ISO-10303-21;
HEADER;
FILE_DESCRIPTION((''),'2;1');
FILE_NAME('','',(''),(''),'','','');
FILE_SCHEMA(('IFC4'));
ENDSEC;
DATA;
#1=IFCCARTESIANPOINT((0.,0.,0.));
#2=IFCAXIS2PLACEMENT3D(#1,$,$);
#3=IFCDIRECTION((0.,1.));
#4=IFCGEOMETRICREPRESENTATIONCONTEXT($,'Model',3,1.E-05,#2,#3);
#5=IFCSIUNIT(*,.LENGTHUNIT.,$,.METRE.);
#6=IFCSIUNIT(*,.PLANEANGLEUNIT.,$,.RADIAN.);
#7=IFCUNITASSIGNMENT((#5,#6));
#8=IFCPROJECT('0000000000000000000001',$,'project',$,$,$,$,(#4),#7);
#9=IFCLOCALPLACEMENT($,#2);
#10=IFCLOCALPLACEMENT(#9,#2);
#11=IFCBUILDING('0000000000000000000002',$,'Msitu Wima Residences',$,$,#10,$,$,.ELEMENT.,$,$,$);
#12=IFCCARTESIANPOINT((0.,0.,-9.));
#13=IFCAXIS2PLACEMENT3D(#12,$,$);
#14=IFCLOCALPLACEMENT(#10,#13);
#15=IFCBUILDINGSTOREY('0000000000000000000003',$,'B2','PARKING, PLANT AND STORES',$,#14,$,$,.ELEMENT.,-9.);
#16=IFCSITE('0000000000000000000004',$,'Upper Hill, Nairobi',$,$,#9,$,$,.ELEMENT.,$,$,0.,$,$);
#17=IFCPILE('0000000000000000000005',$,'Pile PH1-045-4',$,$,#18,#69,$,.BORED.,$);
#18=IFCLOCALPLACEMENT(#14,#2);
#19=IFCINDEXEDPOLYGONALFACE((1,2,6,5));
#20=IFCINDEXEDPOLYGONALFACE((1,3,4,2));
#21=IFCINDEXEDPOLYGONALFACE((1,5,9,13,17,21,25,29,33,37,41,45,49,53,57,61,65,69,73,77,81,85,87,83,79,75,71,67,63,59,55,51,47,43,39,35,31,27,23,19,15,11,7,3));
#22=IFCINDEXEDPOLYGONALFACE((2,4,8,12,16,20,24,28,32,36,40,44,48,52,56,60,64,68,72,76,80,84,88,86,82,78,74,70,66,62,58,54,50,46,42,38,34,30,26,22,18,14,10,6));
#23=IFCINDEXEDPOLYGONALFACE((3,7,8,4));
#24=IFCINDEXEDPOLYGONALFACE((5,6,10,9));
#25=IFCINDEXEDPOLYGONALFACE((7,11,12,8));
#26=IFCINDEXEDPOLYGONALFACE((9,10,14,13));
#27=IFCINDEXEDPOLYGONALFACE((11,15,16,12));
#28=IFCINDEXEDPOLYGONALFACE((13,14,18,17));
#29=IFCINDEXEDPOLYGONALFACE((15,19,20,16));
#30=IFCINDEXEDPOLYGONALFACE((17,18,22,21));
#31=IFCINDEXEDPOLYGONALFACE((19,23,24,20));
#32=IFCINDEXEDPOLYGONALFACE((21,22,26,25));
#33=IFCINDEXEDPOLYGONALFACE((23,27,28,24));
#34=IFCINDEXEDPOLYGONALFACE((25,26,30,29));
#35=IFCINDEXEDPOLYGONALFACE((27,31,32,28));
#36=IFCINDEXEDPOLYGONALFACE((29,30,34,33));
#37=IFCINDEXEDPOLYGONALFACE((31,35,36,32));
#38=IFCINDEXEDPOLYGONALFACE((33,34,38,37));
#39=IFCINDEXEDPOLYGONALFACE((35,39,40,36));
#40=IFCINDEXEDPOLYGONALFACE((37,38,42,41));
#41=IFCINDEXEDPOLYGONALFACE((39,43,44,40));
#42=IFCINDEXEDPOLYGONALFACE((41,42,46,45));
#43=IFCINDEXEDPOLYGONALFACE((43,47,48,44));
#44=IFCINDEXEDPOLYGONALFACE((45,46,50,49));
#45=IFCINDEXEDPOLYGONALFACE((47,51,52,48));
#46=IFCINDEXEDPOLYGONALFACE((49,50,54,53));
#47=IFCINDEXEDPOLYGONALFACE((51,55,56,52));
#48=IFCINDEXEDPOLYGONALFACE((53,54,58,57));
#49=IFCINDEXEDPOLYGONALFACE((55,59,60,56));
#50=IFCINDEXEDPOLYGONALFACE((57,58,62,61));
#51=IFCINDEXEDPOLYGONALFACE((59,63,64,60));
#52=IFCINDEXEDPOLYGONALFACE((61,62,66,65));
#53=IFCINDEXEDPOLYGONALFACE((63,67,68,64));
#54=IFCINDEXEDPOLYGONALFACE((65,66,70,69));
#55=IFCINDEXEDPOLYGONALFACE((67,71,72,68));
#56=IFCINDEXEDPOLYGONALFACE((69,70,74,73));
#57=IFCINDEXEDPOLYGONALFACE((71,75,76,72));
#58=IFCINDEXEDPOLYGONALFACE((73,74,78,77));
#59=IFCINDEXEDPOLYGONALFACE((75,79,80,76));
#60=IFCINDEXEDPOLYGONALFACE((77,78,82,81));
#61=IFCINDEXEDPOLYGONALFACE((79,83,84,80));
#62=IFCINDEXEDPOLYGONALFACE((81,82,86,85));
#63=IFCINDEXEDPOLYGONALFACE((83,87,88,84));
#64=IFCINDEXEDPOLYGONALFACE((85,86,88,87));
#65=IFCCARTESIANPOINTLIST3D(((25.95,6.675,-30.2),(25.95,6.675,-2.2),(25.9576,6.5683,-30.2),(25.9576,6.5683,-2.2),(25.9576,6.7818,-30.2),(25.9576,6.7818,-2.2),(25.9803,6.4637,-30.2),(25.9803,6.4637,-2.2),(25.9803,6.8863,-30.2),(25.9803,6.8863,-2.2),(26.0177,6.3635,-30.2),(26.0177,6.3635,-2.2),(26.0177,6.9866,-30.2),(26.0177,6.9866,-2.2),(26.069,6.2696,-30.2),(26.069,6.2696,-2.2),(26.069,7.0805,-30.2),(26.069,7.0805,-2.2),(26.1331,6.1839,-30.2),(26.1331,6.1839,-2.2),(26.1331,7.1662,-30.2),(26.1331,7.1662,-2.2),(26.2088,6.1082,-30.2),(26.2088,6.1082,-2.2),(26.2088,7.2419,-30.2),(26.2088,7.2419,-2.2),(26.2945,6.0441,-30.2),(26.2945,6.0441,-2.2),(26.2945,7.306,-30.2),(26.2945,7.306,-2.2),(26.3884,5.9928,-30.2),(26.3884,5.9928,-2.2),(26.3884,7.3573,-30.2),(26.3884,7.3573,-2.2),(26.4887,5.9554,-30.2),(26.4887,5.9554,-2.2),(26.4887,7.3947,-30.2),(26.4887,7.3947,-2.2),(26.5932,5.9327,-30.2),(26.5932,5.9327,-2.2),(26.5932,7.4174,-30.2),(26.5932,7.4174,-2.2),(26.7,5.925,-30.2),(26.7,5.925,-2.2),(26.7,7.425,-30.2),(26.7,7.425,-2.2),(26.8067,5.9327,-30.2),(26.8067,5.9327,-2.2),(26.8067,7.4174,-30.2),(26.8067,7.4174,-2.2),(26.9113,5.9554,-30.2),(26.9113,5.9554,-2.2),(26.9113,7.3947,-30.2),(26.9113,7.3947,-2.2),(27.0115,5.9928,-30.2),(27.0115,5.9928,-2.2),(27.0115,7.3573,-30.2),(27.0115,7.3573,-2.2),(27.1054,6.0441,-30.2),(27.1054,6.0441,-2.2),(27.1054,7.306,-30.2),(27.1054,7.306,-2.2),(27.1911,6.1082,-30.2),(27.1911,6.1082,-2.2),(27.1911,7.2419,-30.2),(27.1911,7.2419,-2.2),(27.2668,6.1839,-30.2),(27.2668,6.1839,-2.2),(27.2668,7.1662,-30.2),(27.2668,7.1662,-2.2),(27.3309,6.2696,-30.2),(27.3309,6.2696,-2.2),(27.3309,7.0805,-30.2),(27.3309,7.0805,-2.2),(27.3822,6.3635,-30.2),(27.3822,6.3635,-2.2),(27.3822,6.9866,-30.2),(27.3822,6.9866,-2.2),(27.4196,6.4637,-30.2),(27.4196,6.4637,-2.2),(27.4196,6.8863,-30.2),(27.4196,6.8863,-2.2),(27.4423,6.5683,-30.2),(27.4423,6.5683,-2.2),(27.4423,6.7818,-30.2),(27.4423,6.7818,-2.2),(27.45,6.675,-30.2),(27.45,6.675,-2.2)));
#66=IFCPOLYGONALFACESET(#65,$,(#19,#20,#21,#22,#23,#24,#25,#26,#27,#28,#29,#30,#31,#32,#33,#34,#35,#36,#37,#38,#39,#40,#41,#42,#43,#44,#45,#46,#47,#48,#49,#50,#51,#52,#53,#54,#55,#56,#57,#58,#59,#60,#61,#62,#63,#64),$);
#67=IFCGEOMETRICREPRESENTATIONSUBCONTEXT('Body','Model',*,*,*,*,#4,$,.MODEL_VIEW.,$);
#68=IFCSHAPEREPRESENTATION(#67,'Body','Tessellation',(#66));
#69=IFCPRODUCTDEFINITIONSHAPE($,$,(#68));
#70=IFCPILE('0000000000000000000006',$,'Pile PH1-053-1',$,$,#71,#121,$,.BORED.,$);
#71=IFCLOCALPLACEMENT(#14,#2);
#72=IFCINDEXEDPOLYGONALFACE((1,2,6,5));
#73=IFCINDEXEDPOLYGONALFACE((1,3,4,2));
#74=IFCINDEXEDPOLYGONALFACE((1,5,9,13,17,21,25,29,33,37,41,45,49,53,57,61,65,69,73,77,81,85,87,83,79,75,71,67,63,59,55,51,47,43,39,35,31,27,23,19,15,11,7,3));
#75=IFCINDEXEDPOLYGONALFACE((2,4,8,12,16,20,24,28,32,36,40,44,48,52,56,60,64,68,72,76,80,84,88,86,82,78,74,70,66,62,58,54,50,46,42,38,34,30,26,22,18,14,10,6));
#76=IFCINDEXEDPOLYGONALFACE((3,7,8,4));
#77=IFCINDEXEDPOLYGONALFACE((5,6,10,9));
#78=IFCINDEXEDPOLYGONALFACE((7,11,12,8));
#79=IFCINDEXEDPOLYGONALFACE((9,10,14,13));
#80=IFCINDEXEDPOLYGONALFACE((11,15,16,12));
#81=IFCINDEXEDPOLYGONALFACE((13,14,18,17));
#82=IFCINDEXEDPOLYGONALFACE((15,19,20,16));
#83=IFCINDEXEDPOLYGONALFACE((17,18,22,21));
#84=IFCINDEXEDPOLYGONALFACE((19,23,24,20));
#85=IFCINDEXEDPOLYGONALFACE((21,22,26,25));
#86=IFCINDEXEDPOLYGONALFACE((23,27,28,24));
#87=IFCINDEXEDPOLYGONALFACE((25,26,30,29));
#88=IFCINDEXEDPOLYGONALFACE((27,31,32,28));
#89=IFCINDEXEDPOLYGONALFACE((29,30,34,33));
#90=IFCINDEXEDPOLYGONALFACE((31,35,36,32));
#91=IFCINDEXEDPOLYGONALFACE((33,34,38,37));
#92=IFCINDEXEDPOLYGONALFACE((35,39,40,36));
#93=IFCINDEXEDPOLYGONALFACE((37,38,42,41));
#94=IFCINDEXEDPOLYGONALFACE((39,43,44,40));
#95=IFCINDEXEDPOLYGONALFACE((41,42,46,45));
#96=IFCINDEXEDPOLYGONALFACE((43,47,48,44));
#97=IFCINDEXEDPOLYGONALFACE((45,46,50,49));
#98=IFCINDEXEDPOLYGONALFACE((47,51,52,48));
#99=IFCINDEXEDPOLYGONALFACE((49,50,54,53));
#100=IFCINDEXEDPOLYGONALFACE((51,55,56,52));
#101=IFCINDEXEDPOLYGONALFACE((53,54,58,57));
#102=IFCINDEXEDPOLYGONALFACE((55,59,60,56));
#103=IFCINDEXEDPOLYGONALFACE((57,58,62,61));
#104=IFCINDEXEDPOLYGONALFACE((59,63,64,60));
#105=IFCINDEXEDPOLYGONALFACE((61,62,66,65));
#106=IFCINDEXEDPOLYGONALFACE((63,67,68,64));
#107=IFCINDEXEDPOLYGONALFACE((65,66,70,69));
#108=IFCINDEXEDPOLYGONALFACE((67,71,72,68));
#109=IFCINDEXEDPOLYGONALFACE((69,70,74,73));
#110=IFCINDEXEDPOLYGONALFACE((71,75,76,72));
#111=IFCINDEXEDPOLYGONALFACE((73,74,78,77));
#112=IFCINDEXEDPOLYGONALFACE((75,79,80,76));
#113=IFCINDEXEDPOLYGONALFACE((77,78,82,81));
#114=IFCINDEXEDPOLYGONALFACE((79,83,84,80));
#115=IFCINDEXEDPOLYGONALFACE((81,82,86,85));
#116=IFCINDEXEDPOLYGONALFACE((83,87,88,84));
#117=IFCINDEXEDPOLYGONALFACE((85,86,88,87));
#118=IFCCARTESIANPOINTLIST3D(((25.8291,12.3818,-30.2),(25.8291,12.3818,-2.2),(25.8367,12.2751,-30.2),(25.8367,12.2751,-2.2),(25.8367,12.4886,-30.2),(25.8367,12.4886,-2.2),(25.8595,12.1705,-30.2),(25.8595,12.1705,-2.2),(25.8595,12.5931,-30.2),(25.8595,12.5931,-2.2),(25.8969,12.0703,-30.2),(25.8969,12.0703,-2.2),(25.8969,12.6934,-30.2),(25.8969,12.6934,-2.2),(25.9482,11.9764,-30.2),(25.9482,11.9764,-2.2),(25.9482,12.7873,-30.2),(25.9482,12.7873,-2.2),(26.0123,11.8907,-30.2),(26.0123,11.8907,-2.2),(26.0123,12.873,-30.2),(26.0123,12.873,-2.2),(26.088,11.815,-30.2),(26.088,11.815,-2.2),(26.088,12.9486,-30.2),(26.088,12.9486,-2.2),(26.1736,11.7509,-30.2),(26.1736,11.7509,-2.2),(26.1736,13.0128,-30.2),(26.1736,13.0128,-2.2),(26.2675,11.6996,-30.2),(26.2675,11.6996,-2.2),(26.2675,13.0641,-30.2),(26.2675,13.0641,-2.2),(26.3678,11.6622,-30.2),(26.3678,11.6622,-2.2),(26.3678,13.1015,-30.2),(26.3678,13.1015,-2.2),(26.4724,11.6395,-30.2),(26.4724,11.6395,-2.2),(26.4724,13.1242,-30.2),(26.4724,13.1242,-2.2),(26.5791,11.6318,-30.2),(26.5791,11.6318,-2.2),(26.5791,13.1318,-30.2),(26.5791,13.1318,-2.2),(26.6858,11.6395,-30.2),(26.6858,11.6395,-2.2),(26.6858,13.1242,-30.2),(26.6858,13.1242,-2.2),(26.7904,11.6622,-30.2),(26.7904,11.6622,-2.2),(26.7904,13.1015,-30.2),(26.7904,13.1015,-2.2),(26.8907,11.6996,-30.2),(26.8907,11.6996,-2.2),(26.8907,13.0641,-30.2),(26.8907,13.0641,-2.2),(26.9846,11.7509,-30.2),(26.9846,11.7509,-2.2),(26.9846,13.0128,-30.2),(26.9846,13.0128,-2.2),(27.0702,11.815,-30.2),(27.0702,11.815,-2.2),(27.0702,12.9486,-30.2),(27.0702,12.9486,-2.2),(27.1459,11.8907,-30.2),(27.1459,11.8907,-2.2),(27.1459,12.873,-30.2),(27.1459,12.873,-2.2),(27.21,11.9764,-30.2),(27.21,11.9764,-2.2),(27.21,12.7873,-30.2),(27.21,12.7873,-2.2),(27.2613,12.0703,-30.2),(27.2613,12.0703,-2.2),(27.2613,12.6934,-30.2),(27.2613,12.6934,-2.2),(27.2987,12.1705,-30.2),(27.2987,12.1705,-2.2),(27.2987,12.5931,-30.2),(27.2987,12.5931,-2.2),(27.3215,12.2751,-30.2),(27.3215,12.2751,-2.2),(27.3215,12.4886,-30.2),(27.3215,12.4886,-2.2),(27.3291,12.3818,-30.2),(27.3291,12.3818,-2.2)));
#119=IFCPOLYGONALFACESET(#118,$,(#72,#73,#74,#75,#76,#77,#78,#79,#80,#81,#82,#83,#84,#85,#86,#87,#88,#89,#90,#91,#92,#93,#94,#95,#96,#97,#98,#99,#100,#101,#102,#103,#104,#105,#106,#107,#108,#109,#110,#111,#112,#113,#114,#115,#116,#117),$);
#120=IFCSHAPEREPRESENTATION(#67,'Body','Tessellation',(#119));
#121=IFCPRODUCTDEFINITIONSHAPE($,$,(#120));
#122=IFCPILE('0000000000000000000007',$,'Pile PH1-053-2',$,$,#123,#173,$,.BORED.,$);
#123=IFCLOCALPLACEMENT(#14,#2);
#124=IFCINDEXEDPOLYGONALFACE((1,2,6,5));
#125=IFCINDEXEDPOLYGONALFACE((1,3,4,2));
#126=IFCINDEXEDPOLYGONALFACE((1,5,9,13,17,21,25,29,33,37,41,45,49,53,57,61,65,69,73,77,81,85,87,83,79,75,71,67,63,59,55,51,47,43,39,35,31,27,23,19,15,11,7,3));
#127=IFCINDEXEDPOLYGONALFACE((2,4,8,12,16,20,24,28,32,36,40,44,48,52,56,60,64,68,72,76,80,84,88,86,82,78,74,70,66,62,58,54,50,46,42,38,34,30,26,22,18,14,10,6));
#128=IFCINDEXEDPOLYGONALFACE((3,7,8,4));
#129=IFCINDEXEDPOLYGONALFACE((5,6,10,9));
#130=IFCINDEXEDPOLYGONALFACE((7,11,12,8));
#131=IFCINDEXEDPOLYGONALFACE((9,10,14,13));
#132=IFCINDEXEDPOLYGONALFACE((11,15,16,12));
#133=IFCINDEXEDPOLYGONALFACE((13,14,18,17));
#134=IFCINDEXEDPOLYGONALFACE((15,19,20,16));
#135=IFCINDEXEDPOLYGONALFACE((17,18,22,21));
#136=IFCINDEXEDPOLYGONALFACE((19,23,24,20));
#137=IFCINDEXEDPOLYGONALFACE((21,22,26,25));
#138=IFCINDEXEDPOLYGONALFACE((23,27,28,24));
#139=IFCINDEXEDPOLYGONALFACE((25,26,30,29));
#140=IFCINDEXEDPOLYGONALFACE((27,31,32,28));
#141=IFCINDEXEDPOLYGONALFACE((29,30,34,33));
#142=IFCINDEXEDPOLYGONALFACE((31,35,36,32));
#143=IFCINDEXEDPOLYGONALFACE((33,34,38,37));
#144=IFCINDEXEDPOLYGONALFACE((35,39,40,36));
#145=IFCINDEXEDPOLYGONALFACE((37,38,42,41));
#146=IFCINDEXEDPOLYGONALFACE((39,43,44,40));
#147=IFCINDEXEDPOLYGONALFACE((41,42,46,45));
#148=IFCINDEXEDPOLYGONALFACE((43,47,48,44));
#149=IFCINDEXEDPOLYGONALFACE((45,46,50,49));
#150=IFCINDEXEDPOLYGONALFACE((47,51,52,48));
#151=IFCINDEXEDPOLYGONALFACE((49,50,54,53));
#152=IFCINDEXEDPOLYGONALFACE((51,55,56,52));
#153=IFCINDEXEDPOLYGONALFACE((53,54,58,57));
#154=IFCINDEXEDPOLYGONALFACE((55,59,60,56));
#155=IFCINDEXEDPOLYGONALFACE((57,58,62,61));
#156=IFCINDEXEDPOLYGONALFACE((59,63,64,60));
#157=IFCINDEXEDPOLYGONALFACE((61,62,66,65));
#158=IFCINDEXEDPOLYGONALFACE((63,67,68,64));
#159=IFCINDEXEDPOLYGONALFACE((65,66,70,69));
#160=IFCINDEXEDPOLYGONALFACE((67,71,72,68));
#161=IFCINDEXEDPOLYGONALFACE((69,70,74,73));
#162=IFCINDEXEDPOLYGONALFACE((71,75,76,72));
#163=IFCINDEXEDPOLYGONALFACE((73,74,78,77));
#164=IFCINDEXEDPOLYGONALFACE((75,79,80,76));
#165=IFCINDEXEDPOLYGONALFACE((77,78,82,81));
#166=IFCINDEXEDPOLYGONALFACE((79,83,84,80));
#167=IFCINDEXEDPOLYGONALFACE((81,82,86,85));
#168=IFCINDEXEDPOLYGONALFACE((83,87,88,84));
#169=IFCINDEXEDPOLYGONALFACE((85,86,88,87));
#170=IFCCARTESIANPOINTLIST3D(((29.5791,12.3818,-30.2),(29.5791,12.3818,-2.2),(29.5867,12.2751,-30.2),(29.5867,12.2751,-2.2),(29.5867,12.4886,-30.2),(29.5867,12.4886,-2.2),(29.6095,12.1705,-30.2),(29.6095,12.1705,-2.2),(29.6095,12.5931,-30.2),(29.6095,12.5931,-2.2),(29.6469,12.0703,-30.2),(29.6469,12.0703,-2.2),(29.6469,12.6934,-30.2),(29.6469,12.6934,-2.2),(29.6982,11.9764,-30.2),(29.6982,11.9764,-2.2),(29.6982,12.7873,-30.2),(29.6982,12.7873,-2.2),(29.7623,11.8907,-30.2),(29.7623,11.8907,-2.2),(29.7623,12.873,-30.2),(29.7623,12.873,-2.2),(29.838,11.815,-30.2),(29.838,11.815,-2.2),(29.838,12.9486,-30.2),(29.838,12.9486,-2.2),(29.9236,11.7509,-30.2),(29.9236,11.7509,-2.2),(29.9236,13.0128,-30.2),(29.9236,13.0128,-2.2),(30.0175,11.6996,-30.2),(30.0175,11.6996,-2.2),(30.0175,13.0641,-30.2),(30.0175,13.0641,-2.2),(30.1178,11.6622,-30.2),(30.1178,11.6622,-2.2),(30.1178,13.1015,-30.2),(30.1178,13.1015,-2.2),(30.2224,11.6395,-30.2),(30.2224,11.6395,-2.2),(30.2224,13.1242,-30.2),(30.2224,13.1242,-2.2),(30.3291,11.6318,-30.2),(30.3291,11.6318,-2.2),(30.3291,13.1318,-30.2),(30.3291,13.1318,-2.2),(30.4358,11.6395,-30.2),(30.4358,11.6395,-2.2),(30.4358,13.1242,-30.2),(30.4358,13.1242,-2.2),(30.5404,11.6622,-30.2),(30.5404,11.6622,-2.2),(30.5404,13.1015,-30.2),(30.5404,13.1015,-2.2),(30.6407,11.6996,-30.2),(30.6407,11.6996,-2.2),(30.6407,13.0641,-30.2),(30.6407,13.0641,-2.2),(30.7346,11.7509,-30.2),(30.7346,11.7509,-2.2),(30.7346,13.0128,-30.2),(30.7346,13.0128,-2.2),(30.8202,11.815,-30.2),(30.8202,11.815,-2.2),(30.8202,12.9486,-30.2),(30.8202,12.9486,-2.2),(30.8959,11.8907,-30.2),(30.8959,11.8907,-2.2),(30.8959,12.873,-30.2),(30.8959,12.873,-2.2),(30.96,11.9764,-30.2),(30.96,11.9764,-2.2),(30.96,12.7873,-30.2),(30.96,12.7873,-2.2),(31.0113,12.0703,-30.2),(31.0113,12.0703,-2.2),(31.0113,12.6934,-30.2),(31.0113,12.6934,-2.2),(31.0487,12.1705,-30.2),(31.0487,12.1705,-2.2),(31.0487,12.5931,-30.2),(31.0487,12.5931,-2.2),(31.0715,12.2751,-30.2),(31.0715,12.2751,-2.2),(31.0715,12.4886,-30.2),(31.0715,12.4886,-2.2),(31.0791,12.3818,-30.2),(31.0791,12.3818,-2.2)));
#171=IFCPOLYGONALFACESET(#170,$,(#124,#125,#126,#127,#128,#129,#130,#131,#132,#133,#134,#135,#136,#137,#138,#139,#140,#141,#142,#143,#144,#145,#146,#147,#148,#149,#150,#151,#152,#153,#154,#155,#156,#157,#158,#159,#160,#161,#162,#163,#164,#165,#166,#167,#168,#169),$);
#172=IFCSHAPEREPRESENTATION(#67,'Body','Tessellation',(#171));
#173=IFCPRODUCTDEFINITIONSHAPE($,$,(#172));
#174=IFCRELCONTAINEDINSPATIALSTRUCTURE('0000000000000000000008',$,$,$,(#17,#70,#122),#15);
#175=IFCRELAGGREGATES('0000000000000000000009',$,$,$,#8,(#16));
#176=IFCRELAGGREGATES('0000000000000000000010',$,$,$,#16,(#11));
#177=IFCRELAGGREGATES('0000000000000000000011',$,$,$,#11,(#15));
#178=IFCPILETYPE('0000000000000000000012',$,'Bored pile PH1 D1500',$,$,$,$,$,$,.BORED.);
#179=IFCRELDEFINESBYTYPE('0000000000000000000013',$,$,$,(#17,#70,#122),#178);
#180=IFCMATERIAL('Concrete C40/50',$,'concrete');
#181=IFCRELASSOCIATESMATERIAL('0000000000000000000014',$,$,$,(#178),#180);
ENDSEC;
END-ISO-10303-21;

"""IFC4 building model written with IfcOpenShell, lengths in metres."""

from ifc_helpers import new_model, si_unit, direction, frame, origin, origin_2d, place, context, subcontext, project, spatial, circle, extrude, material, type_object, element, save


model = new_model("IFC4")

# Units and contexts
model_context = context("Model", 3, precision=1e-05, world=origin(), true_north=direction((0.0, 1.0)))
body_context = subcontext(model_context, "Body", "Model", "MODEL_VIEW")
ifc_project = project(units=[si_unit("LENGTHUNIT", "METRE"), si_unit("PLANEANGLEUNIT", "RADIAN")], contexts=[model_context])

# Site, building, storey
site_placement = place(None, origin())
site = spatial("IfcSite", under=ifc_project, at=site_placement, Name="Upper Hill, Nairobi", CompositionType="ELEMENT", RefElevation=0.0)
building_placement = place(site_placement, origin())
building = spatial("IfcBuilding", under=site, at=building_placement, Name="Msitu Wima Residences", CompositionType="ELEMENT")
storey_placement = place(building_placement, frame((0.0, 0.0, -9.0)))
storey = spatial("IfcBuildingStorey", under=building, at=storey_placement, Name="B2", Description="PARKING, PLANT AND STORES", CompositionType="ELEMENT", Elevation=-9.0)

# Piles
ifc_material_1 = material(Name="Concrete C40/50", Category="concrete")
pile_type_1 = type_object("IfcPileType", Name="Bored pile PH1 D1500", PredefinedType="BORED", material=ifc_material_1)
for number, where, z_axis, x_axis, name in (
    (1, (26.7, 6.675, -2.2), (0.0, 0.0, -1.0), (1.0, 0.0, 0.0), "Pile PH1-045-4"),
    (2, (26.5791, 12.3818, -2.2), (0.0, 0.0, -1.0), (1.0, 0.0, 0.0), "Pile PH1-053-1"),
    (3, (30.3291, 12.3818, -2.2), (0.0, 0.0, -1.0), (1.0, 0.0, 0.0), "Pile PH1-053-2"),
):
    element("IfcPile", number, at=place(storey_placement, frame(where, z_axis=z_axis, x_axis=x_axis)), inside=storey, type_object=pile_type_1, Name=name, PredefinedType="BORED", context=body_context, shape_type="SweptSolid", body=[
        extrude(circle(Radius=0.75, at=origin_2d()), origin(), (0.0, 0.0, 1.0), 28.0),
    ])

save(model, "model.ifc")
